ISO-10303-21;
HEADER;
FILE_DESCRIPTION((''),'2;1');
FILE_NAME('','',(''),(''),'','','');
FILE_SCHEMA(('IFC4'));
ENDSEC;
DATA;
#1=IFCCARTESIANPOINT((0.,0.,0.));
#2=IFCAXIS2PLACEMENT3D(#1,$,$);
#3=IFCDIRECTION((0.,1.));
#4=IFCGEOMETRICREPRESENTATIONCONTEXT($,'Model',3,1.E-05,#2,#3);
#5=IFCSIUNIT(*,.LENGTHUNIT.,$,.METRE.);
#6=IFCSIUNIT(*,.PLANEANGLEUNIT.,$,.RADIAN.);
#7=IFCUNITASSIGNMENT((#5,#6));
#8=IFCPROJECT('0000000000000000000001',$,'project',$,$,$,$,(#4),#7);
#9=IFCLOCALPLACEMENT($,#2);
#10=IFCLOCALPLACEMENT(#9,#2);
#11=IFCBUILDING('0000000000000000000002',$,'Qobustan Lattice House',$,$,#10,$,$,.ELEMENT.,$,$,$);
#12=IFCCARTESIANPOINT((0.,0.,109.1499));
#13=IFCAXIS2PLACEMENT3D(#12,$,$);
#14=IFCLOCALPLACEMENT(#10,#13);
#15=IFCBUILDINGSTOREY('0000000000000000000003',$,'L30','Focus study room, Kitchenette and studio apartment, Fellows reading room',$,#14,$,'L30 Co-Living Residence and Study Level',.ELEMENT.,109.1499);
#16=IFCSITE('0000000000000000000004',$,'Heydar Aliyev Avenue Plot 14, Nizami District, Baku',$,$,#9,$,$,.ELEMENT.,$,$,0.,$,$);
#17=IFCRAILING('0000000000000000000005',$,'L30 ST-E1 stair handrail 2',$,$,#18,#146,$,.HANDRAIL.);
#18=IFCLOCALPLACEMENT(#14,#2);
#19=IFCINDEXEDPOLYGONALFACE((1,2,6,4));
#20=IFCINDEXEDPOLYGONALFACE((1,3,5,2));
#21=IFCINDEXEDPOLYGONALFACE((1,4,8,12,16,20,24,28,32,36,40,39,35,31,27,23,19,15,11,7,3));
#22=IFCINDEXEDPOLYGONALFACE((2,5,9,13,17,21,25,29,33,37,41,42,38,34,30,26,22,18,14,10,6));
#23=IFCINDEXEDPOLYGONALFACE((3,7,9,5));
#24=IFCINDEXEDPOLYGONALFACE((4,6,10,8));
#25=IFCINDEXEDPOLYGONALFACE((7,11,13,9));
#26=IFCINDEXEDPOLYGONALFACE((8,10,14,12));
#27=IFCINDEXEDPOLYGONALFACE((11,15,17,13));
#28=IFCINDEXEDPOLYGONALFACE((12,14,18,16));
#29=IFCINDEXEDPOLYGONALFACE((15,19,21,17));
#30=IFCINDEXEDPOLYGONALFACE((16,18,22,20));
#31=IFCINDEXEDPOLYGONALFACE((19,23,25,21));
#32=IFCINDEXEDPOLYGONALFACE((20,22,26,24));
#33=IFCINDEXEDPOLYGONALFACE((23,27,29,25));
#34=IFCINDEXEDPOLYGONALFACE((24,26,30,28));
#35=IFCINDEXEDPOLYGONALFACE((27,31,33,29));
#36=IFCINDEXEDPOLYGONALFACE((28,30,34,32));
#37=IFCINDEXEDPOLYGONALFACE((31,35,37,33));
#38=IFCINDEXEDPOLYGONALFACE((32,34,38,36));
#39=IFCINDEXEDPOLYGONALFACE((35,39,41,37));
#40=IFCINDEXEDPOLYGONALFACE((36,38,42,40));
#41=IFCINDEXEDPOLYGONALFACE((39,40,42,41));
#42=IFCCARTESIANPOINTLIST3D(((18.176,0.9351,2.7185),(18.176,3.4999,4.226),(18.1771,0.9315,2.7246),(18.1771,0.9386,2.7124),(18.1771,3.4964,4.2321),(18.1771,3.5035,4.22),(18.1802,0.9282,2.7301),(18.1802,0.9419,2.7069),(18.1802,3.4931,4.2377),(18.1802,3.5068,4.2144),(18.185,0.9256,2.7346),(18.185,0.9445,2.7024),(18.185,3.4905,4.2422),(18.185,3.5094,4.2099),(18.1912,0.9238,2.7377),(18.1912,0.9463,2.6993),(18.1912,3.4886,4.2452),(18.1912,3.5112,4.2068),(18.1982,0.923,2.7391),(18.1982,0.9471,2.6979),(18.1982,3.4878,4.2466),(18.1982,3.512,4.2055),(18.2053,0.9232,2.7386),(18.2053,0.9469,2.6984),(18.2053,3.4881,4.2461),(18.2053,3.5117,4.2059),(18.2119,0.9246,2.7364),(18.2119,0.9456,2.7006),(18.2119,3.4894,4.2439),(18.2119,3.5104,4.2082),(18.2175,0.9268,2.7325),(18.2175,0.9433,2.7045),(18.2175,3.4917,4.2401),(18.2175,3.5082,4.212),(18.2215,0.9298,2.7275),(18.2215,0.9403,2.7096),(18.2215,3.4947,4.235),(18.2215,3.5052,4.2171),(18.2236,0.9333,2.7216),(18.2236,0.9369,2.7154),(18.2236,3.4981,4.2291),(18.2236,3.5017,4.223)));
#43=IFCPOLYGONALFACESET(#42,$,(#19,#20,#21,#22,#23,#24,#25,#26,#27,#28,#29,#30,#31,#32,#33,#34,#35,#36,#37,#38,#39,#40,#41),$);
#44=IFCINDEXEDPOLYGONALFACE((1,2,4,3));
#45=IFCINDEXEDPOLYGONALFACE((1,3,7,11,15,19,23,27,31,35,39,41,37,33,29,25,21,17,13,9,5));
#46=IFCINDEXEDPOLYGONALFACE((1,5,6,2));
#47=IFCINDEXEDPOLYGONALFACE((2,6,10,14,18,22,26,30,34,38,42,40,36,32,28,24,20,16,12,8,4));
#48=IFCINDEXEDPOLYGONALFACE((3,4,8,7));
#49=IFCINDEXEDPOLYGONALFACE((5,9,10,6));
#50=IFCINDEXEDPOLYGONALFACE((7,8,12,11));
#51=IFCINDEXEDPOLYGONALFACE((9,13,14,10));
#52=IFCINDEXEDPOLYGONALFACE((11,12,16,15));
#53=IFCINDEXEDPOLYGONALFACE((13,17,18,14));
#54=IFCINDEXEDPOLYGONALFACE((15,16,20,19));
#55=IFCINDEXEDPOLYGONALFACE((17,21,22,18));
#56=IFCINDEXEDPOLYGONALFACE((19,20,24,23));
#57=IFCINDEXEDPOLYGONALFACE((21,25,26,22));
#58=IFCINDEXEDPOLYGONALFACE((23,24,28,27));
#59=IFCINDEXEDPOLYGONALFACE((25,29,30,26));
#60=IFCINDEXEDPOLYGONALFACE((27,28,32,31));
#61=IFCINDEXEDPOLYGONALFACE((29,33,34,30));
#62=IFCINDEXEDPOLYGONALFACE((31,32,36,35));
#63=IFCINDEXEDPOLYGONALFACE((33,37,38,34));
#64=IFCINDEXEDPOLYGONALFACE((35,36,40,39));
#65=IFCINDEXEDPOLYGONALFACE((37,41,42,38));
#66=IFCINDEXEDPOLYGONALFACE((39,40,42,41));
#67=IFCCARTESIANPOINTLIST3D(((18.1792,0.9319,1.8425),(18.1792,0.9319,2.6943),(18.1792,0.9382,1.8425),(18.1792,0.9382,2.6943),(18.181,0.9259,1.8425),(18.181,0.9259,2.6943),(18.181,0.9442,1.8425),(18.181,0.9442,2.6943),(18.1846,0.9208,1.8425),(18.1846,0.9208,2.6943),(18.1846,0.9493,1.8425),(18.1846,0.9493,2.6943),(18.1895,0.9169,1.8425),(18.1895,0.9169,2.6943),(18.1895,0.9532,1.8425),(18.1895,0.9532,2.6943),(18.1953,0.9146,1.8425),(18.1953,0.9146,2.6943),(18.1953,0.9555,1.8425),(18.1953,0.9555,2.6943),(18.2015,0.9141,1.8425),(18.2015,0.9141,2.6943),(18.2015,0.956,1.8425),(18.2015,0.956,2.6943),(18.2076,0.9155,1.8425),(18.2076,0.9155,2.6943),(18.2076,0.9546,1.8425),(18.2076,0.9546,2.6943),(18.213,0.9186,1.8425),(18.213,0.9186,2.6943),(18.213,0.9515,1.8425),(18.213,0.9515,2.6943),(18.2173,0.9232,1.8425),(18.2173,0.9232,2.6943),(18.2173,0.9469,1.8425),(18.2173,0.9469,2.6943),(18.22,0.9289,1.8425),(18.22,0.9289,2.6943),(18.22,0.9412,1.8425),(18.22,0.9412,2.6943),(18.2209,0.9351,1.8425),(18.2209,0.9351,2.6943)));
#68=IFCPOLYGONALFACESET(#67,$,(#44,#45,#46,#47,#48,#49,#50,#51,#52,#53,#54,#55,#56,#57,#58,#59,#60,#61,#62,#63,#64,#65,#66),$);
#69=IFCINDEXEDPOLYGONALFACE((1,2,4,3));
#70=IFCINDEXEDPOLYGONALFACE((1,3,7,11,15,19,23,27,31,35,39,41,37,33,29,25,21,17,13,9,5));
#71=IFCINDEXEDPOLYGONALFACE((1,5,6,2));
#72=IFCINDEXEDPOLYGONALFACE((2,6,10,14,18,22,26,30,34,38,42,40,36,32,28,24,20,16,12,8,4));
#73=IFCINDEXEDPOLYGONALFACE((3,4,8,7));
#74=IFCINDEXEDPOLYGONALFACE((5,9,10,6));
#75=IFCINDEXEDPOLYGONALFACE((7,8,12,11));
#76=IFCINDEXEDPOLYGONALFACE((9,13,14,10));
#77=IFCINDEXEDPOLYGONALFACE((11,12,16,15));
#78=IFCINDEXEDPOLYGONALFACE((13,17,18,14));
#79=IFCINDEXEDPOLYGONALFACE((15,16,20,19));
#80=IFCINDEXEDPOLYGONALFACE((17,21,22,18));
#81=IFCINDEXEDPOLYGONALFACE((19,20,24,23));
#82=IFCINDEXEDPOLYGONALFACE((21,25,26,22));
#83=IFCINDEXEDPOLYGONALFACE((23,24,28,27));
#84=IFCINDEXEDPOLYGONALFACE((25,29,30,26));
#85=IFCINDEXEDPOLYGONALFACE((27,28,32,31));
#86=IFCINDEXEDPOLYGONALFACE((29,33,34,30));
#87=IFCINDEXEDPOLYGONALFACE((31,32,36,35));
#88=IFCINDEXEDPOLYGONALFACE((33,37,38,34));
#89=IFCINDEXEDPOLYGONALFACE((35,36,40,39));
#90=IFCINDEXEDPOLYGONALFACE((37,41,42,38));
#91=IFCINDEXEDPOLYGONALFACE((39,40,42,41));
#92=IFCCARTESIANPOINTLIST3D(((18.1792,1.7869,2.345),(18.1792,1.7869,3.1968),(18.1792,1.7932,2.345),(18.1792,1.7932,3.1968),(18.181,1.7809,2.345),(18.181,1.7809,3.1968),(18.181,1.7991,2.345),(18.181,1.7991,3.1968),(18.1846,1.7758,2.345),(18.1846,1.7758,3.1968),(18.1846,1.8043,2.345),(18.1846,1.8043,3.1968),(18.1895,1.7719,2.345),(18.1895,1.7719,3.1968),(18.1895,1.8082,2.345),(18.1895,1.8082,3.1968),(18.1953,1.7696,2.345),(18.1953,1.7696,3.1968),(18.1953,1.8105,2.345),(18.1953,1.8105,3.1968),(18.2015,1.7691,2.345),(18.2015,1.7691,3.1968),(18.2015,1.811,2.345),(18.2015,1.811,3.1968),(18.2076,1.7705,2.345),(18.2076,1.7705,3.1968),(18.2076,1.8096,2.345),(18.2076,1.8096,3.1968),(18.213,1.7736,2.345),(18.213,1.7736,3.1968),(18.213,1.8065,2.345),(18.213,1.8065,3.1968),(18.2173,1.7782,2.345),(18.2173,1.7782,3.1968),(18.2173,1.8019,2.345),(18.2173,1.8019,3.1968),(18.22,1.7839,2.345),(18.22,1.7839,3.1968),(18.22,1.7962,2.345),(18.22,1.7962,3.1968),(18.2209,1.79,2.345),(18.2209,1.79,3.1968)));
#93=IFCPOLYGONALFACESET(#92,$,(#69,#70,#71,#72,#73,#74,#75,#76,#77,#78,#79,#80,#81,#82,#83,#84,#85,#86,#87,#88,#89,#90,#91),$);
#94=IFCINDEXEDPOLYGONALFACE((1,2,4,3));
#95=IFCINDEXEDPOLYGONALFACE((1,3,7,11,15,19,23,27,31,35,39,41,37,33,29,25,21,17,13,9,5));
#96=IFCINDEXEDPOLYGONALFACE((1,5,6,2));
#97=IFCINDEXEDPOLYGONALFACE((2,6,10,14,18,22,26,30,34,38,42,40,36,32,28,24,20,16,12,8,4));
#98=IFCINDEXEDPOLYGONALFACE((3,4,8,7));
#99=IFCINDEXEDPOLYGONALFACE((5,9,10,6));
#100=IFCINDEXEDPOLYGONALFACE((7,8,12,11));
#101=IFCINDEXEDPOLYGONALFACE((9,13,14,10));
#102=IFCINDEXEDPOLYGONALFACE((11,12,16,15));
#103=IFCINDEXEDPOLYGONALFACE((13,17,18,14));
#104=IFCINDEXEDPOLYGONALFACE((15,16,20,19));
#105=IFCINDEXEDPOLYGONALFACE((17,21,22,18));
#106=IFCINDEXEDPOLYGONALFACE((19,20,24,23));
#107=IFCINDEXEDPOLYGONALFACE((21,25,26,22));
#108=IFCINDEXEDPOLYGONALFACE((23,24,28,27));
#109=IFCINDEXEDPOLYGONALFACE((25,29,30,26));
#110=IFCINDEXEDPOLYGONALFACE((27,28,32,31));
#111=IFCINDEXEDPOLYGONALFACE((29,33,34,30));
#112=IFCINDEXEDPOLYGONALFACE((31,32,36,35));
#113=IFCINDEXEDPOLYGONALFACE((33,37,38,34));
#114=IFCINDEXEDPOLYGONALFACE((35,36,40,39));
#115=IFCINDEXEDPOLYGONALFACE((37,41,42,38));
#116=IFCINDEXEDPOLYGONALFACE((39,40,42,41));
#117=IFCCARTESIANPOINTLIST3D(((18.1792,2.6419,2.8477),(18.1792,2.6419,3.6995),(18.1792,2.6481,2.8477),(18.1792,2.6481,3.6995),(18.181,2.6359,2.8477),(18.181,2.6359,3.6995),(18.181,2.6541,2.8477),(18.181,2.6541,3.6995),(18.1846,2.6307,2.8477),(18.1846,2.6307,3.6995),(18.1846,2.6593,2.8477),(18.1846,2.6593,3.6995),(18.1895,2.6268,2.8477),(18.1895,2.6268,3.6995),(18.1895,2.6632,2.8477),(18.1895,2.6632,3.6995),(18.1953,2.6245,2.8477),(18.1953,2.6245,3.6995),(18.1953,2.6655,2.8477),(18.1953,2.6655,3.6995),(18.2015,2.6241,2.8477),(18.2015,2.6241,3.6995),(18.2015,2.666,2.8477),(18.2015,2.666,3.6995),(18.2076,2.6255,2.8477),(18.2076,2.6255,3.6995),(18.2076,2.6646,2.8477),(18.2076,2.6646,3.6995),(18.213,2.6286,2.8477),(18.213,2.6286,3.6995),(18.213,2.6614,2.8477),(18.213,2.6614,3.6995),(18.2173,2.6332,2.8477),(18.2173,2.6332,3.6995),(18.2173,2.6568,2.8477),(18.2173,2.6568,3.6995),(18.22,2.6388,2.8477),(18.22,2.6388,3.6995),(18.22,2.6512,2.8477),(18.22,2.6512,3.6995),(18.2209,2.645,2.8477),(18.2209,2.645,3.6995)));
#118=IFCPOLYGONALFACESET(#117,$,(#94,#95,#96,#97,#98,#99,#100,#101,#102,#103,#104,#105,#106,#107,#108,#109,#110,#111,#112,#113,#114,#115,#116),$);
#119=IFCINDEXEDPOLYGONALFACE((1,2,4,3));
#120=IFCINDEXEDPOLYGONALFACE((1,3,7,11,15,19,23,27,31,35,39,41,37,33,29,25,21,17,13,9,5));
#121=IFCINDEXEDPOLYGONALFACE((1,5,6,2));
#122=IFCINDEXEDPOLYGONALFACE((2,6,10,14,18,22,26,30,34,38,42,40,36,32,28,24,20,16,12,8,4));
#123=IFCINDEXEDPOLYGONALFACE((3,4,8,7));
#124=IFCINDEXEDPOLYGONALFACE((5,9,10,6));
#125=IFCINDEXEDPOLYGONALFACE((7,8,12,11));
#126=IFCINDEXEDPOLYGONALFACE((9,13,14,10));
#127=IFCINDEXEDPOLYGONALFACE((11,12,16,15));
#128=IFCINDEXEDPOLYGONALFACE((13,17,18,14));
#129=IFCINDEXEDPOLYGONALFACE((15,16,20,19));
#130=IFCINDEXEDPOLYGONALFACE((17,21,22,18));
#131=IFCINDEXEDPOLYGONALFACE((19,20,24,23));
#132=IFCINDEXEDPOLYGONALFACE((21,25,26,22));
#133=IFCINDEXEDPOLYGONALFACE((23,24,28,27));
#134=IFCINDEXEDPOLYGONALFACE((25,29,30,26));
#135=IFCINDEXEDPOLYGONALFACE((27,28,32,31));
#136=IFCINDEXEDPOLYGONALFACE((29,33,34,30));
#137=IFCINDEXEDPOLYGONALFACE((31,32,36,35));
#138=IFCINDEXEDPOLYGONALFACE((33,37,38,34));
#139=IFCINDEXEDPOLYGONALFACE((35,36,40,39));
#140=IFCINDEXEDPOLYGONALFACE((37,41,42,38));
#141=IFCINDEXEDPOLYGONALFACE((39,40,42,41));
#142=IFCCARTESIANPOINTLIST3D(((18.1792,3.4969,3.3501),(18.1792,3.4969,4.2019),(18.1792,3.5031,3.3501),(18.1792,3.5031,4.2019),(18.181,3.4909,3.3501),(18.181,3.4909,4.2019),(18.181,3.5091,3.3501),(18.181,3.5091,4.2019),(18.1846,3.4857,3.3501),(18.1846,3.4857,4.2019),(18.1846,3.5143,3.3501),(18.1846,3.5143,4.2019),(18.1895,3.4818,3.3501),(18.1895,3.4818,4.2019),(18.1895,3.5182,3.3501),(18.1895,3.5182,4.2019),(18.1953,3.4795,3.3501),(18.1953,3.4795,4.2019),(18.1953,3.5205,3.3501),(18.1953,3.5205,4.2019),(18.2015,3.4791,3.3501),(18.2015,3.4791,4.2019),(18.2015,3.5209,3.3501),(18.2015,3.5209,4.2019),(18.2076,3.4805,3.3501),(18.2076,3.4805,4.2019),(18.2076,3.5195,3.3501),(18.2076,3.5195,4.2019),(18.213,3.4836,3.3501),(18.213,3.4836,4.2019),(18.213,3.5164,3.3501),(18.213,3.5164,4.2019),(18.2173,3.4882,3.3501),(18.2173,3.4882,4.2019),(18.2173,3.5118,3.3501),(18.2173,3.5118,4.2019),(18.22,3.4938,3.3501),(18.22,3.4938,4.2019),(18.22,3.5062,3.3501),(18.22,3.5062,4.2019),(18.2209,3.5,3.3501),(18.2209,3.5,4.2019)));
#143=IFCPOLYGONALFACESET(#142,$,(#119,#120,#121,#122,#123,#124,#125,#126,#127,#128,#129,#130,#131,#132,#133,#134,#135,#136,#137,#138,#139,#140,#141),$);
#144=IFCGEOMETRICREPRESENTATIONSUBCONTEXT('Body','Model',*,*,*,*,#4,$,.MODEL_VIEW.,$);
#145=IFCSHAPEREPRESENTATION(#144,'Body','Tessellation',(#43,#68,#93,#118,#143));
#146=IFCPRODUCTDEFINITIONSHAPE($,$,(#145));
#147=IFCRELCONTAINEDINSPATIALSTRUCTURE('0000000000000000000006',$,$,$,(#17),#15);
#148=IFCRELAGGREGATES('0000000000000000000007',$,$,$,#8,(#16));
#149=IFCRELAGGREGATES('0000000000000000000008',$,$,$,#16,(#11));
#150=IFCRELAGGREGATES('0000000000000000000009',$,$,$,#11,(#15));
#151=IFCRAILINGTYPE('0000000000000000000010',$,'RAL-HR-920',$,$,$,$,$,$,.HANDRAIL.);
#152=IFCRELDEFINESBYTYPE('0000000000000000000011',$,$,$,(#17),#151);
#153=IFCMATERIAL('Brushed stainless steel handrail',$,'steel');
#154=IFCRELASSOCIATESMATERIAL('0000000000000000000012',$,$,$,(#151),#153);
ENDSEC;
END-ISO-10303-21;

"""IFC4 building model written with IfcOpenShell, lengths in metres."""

from ifc_helpers import new_model, si_unit, direction, frame, origin, origin_2d, place, context, subcontext, project, spatial, circle, extrude, material, type_object, element, save


model = new_model("IFC4")

# Units and contexts
model_context = context("Model", 3, precision=1e-05, world=origin(), true_north=direction((0.0, 1.0)))
body_context = subcontext(model_context, "Body", "Model", "MODEL_VIEW")
ifc_project = project(units=[si_unit("LENGTHUNIT", "METRE"), si_unit("PLANEANGLEUNIT", "RADIAN")], contexts=[model_context])

# Site, building, storey
site_placement = place(None, origin())
site = spatial("IfcSite", under=ifc_project, at=site_placement, Name="Heydar Aliyev Avenue Plot 14, Nizami District, Baku", CompositionType="ELEMENT", RefElevation=0.0)
building_placement = place(site_placement, origin())
building = spatial("IfcBuilding", under=site, at=building_placement, Name="Qobustan Lattice House", CompositionType="ELEMENT")
storey_placement = place(building_placement, frame((0.0, 0.0, 109.1499)))
storey = spatial("IfcBuildingStorey", under=building, at=storey_placement, Name="L30", Description="Focus study room, Kitchenette and studio apartment, Fellows reading room", LongName="L30 Co-Living Residence and Study Level", CompositionType="ELEMENT", Elevation=109.1499)

# Railing
ifc_material_1 = material(Name="Brushed stainless steel handrail", Category="steel")
railing_type = type_object("IfcRailingType", Name="RAL-HR-920", PredefinedType="HANDRAIL", material=ifc_material_1)
railing_placement = place(storey_placement, frame((18.2, 0.9351, 1.8425)))
element("IfcRailing", 1, at=railing_placement, inside=storey, type_object=railing_type, Name="L30 ST-E1 stair handrail 2", PredefinedType="HANDRAIL", context=body_context, shape_type="SweptSolid", body=[
    extrude(circle(Radius=0.0239, at=origin_2d()), frame((0.0, 0.0, 0.876), z_axis=(0.0, 0.862113, 0.506715), x_axis=(-1.0, 0.0, 0.0)), (0.0, 0.0, 1.0), 2.9751),
    extrude(circle(Radius=0.021, at=origin_2d()), origin(), (0.0, 0.0, 1.0), 0.8518),
    extrude(circle(Radius=0.021, at=origin_2d()), frame((0.0, 0.855, 0.5024)), (0.0, 0.0, 1.0), 0.8518),
    extrude(circle(Radius=0.021, at=origin_2d()), frame((0.0, 1.71, 1.0051)), (0.0, 0.0, 1.0), 0.8518),
    extrude(circle(Radius=0.021, at=origin_2d()), frame((0.0, 2.5649, 1.5076)), (0.0, 0.0, 1.0), 0.8518),
])

save(model, "model.ifc")
